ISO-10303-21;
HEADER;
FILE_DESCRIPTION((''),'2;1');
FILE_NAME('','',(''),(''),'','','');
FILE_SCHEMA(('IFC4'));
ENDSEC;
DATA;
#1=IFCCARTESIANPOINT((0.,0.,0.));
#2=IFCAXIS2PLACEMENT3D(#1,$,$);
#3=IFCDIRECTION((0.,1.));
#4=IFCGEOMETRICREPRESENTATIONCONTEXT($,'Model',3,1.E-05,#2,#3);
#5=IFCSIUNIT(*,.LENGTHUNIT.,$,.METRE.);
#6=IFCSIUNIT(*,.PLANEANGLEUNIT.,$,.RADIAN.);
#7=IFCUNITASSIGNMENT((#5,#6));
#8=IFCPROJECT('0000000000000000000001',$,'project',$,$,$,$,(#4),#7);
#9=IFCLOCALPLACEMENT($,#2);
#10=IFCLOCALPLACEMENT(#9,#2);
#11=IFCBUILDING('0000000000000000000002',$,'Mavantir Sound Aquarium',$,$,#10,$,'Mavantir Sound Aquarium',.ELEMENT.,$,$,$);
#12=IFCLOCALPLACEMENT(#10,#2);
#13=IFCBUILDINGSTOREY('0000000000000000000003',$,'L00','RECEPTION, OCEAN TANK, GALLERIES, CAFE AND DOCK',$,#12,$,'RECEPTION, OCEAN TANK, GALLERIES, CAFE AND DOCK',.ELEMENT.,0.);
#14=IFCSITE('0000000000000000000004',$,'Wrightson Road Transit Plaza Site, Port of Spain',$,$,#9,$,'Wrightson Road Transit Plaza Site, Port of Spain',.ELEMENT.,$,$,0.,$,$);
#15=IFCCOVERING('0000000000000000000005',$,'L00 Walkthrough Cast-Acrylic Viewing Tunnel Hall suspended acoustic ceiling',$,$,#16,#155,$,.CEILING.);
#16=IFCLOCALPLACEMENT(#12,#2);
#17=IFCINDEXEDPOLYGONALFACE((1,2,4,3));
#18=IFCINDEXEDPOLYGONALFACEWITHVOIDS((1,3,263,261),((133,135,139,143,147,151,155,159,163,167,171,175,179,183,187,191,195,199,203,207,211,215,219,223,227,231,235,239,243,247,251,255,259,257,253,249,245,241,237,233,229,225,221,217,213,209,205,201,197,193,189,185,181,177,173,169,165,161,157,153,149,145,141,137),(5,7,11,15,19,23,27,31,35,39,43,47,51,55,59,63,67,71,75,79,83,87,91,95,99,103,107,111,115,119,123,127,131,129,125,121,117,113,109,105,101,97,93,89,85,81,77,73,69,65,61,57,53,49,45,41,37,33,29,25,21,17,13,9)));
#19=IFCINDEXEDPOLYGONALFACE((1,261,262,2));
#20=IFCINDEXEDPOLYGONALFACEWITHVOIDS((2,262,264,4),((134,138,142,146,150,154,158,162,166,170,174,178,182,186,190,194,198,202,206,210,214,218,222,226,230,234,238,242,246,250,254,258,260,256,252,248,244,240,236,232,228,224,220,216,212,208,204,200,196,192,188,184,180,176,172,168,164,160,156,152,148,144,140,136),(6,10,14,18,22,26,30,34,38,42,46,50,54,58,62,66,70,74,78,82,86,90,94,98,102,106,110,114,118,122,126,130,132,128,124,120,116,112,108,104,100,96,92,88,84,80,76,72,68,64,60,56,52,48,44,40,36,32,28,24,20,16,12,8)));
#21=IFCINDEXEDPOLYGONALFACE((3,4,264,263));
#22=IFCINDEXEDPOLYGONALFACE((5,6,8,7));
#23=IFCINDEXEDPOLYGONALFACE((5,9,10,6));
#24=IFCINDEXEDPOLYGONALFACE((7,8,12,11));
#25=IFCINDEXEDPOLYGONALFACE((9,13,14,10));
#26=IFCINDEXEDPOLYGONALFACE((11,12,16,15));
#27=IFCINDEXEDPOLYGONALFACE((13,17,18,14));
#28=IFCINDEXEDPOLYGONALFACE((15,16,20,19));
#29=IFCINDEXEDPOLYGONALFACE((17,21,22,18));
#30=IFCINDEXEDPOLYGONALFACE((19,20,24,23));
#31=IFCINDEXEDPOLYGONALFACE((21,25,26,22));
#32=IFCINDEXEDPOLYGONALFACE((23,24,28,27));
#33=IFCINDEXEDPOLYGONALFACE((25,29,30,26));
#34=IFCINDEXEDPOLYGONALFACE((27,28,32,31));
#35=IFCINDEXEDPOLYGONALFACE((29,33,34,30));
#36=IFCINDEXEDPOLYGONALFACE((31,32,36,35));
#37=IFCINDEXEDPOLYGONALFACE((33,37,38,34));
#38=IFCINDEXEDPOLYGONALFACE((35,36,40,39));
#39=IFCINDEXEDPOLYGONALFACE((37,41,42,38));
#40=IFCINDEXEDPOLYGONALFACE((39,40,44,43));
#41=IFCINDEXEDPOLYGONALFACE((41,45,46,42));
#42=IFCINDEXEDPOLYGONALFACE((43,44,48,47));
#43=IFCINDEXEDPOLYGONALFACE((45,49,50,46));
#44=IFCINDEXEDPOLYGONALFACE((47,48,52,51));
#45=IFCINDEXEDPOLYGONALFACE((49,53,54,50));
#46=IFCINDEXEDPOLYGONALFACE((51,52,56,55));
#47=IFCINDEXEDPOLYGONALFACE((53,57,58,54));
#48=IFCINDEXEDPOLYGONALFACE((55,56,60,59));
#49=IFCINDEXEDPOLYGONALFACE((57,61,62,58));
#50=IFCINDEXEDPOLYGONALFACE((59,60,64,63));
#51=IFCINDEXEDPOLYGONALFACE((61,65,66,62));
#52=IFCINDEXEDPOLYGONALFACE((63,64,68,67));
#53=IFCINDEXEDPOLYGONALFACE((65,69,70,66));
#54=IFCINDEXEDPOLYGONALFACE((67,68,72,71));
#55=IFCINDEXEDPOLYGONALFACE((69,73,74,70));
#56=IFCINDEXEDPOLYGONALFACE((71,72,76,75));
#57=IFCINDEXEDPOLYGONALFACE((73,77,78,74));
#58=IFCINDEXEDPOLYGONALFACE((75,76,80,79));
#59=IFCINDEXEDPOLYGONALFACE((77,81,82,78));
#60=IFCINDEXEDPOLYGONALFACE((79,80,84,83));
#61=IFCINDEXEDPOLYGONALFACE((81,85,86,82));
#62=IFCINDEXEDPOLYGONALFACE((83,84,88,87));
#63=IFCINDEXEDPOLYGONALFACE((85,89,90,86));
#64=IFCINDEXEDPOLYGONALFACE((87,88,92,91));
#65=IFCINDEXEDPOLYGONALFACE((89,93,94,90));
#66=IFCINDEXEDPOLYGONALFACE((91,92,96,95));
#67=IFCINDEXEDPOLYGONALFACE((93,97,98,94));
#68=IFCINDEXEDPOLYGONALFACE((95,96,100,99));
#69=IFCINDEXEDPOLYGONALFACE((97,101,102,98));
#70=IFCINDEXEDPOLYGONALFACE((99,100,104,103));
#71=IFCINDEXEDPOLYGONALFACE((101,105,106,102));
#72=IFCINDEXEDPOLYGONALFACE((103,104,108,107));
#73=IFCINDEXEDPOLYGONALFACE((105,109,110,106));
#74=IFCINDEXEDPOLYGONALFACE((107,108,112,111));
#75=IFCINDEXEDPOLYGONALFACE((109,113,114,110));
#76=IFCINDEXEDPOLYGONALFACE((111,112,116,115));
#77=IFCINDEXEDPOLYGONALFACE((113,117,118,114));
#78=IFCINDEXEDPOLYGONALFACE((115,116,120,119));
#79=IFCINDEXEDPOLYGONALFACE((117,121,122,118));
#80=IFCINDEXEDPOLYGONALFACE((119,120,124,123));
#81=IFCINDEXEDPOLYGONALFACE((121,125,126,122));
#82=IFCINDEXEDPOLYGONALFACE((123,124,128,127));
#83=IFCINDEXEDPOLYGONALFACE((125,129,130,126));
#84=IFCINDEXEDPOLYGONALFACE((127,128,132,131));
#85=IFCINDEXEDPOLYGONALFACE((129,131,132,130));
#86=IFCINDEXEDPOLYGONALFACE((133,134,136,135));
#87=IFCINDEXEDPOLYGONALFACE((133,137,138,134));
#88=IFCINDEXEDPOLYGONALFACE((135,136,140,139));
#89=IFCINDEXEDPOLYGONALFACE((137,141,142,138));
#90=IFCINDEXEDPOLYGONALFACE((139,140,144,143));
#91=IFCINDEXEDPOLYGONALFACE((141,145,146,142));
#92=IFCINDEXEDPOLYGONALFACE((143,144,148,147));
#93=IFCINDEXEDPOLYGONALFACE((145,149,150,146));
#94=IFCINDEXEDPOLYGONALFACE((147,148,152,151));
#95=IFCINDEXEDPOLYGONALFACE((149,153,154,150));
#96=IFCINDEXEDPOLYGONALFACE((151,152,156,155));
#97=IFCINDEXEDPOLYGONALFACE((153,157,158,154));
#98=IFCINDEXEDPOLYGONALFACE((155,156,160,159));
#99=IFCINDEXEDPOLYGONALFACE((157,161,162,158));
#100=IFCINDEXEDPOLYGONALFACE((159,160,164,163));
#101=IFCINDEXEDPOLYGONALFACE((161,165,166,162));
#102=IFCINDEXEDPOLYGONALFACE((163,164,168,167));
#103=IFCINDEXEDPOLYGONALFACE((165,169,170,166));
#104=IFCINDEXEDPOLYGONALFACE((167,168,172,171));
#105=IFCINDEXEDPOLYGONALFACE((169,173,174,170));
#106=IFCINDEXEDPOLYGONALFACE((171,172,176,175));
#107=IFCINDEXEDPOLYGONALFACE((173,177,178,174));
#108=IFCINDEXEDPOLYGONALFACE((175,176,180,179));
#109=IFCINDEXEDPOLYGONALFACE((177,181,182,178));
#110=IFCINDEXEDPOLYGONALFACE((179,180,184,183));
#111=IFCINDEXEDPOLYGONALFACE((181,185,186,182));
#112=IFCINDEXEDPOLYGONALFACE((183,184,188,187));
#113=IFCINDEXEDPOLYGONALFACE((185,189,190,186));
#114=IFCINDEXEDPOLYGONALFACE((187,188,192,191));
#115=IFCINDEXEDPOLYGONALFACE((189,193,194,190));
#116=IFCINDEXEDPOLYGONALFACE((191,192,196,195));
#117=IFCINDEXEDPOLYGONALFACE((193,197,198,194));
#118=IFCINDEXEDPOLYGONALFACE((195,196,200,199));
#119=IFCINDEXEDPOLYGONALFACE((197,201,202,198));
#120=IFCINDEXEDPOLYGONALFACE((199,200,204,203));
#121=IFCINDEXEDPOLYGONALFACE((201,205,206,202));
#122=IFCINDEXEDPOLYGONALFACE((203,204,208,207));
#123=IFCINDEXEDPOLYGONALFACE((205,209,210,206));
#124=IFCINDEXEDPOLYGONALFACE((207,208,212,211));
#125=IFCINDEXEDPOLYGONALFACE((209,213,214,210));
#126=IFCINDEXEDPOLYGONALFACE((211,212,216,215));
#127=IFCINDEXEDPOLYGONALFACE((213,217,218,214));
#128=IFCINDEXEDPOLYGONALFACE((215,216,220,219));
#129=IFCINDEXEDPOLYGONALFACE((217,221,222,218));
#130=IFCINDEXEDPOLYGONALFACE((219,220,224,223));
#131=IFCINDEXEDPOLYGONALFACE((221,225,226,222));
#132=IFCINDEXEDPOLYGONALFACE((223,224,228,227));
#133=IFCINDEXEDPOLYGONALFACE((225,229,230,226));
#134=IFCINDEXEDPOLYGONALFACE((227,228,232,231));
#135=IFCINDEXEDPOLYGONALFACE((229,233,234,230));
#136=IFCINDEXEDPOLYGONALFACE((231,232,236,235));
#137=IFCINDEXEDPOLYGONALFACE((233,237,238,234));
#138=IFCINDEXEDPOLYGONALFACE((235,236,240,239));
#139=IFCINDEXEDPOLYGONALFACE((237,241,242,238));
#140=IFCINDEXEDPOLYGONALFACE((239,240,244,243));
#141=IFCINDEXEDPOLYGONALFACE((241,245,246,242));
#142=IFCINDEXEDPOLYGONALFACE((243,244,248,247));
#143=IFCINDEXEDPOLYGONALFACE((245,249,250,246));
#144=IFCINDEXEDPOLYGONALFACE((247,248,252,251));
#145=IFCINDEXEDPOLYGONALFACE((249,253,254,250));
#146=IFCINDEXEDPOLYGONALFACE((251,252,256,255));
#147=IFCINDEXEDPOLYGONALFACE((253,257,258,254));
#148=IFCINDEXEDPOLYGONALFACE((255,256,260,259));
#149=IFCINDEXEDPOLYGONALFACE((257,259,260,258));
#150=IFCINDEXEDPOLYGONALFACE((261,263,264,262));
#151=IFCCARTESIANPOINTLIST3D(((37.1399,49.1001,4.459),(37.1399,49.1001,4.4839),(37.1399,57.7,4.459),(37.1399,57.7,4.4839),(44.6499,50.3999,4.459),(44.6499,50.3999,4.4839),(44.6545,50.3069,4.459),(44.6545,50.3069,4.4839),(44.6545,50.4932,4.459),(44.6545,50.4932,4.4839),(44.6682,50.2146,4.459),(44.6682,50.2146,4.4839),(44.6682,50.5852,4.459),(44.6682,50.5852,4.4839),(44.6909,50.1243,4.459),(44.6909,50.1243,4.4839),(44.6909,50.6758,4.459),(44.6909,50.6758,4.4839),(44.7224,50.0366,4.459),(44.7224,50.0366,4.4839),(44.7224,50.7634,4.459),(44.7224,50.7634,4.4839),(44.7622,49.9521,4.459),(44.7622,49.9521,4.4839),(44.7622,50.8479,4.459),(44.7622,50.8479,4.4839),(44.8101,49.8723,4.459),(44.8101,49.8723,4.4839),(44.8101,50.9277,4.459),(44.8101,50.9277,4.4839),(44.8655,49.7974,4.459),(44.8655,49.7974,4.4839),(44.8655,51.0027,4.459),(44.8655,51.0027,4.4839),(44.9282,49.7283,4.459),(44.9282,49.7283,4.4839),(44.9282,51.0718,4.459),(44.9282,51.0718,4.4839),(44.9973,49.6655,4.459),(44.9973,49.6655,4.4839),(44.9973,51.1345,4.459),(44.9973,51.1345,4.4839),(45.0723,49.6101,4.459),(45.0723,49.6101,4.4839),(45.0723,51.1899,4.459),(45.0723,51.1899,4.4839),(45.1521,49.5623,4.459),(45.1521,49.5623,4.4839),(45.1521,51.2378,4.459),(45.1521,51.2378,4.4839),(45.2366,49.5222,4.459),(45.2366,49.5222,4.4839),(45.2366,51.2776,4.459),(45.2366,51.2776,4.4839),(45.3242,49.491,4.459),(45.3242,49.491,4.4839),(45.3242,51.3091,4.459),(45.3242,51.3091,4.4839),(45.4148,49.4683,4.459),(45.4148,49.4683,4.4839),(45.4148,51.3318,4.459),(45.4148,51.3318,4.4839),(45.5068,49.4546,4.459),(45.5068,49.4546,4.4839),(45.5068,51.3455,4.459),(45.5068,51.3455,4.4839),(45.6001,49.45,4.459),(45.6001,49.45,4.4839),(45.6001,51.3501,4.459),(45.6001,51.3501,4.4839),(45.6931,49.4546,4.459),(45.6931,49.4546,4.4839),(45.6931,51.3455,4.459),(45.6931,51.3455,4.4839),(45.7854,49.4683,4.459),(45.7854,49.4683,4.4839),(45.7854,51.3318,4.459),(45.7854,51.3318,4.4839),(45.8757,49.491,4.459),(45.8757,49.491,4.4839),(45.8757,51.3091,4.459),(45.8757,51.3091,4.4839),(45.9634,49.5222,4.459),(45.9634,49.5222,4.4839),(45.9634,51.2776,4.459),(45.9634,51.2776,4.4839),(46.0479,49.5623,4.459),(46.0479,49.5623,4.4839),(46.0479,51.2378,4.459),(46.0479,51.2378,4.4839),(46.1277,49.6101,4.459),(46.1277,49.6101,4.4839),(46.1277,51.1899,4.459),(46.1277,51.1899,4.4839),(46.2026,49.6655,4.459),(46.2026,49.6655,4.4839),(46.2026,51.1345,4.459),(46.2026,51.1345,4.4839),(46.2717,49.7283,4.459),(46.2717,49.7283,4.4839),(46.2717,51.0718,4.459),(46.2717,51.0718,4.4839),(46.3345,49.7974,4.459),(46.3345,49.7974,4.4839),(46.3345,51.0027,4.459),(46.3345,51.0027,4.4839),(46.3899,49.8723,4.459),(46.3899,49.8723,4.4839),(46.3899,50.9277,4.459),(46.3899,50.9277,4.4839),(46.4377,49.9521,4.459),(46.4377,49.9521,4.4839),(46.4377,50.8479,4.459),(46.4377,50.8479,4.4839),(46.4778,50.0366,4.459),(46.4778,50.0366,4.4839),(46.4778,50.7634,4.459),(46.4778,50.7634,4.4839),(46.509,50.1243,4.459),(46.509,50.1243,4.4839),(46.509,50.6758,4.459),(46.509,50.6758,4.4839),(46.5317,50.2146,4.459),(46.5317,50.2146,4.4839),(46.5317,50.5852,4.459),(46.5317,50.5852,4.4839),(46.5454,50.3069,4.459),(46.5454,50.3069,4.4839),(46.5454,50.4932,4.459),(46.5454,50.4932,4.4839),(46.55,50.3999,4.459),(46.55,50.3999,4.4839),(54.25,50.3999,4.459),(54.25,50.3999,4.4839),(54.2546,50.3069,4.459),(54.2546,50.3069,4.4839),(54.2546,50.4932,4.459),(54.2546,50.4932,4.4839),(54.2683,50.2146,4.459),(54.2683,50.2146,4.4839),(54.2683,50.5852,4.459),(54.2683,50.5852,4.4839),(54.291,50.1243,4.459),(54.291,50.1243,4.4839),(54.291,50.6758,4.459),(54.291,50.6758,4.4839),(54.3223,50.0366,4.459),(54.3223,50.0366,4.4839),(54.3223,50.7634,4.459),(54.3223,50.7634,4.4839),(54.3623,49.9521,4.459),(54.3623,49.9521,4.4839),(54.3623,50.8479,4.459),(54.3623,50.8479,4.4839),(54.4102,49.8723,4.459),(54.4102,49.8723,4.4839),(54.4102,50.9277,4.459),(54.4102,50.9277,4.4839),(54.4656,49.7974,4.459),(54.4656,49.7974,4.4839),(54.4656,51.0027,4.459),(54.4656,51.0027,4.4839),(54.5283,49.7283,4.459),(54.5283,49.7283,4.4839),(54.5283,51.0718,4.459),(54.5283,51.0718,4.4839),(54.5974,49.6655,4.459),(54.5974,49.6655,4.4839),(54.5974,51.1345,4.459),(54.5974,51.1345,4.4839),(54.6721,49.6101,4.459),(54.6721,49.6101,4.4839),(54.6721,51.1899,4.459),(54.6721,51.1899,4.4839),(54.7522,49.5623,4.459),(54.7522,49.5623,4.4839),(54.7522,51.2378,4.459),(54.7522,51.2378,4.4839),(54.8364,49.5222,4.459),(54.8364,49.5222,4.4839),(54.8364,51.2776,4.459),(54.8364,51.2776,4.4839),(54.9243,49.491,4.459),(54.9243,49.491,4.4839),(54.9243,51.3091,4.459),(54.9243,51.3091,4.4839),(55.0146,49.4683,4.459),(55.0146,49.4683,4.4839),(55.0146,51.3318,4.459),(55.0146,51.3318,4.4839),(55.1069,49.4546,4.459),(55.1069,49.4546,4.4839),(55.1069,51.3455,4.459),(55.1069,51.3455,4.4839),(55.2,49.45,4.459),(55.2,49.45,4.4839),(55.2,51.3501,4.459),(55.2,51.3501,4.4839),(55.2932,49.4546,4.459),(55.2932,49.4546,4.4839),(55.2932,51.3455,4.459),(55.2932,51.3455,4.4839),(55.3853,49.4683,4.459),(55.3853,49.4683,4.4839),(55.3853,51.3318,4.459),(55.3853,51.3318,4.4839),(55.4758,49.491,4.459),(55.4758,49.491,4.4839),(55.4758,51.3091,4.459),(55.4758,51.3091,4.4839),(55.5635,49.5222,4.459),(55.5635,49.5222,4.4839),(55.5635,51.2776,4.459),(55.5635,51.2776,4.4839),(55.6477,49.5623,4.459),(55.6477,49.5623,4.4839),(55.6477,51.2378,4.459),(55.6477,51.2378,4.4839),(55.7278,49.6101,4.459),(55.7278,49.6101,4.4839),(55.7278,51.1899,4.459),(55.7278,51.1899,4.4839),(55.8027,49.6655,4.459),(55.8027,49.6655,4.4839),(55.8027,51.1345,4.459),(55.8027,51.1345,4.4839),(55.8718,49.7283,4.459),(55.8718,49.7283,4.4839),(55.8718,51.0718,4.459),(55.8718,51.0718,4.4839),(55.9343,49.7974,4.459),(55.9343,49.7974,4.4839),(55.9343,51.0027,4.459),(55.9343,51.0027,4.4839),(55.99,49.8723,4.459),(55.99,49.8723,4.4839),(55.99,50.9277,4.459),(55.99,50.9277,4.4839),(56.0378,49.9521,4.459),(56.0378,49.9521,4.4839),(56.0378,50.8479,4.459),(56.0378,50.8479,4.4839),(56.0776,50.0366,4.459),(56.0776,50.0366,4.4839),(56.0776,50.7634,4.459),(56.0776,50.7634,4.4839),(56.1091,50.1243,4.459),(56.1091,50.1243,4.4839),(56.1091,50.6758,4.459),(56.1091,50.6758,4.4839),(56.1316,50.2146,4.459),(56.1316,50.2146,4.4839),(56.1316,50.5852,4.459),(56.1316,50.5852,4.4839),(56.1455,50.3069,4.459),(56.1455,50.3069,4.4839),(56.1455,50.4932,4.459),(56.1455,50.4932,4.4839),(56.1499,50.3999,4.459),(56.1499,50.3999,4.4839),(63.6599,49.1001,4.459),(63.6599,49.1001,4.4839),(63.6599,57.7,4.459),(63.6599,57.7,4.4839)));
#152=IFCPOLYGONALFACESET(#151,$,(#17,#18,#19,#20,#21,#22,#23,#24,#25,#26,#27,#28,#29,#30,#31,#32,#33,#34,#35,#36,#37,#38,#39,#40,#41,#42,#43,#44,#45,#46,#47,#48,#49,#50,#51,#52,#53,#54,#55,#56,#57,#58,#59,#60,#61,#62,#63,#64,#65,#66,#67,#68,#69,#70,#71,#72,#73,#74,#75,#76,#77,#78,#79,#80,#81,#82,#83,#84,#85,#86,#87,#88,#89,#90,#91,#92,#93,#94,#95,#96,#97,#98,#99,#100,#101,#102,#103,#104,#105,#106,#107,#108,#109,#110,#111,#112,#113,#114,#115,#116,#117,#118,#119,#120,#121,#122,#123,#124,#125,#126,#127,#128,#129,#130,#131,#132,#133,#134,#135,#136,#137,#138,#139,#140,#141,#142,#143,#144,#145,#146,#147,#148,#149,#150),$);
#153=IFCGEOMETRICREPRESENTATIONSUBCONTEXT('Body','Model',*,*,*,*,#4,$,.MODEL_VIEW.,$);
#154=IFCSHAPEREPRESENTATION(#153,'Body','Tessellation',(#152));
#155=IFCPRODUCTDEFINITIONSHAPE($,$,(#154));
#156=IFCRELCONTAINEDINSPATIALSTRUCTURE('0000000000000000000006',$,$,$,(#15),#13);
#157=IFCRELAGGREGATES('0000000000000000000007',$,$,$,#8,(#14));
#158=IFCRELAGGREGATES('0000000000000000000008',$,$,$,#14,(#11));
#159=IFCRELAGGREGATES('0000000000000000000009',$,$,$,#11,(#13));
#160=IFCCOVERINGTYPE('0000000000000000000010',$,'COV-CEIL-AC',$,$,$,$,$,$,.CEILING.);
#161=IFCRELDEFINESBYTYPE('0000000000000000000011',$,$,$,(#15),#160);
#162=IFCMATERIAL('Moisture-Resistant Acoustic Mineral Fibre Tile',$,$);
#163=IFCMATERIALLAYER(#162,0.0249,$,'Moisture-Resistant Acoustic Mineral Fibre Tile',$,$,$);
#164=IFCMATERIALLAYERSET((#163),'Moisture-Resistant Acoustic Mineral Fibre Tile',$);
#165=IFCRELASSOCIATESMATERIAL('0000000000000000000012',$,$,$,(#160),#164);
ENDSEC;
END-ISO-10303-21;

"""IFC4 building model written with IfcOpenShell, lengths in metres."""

from ifc_helpers import new_model, si_unit, direction, frame, origin, place, context, subcontext, project, spatial, polyline, outline, extrude, material, layer, layer_set, type_object, element, save


model = new_model("IFC4")

# Units and contexts
model_context = context("Model", 3, precision=1e-05, world=origin(), true_north=direction((0.0, 1.0)))
body_context = subcontext(model_context, "Body", "Model", "MODEL_VIEW")
ifc_project = project(units=[si_unit("LENGTHUNIT", "METRE"), si_unit("PLANEANGLEUNIT", "RADIAN")], contexts=[model_context])

# Site, building, storey
site_placement = place(None, origin())
site = spatial("IfcSite", under=ifc_project, at=site_placement, Name="Wrightson Road Transit Plaza Site, Port of Spain", LongName="Wrightson Road Transit Plaza Site, Port of Spain", CompositionType="ELEMENT", RefElevation=0.0)
building_placement = place(site_placement, origin())
building = spatial("IfcBuilding", under=site, at=building_placement, Name="Mavantir Sound Aquarium", LongName="Mavantir Sound Aquarium", CompositionType="ELEMENT")
storey_placement = place(building_placement, origin())
storey = spatial("IfcBuildingStorey", under=building, at=storey_placement, Name="L00", Description="RECEPTION, OCEAN TANK, GALLERIES, CAFE AND DOCK", LongName="RECEPTION, OCEAN TANK, GALLERIES, CAFE AND DOCK", CompositionType="ELEMENT", Elevation=0.0)

# Covering
ifc_material_1 = material(Name="Moisture-Resistant Acoustic Mineral Fibre Tile")
ifc_layer_1 = layer(ifc_material_1, 0.0249, Name="Moisture-Resistant Acoustic Mineral Fibre Tile")
ifc_layer_set_1 = layer_set([ifc_layer_1], Name="Moisture-Resistant Acoustic Mineral Fibre Tile")
covering_type_1 = type_object("IfcCoveringType", Name="COV-CEIL-AC", PredefinedType="CEILING", material=ifc_layer_set_1)
covering_1_placement = place(storey_placement, frame((0.0, 0.0, 4.459)))
element("IfcCovering", 1, at=covering_1_placement, inside=storey, type_object=covering_type_1, Name="L00 Walkthrough Cast-Acrylic Viewing Tunnel Hall suspended acoustic ceiling", PredefinedType="CEILING", context=body_context, shape_type="SweptSolid", body=[
    extrude(outline(polyline([(37.1399, 49.1001), (37.1399, 57.7), (63.6599, 57.7), (63.6599, 49.1001), (37.1399, 49.1001)]), holes=[polyline([(46.3345, 49.7974), (46.3899, 49.8723), (46.4377, 49.9521), (46.4778, 50.0366), (46.509, 50.1243), (46.5317, 50.2146), (46.5454, 50.3069), (46.55, 50.3999), (46.5454, 50.4932), (46.5317, 50.5852), (46.509, 50.6758), (46.4778, 50.7634), (46.4377, 50.8479), (46.3899, 50.9277), (46.3345, 51.0027), (46.2717, 51.0718), (46.2026, 51.1345), (46.1277, 51.1899), (46.0479, 51.2378), (45.9634, 51.2776), (45.8757, 51.3091), (45.7854, 51.3318), (45.6931, 51.3455), (45.6001, 51.3501), (45.5068, 51.3455), (45.4148, 51.3318), (45.3242, 51.3091), (45.2366, 51.2776), (45.1521, 51.2378), (45.0723, 51.1899), (44.9973, 51.1345), (44.9282, 51.0718), (44.8655, 51.0027), (44.8101, 50.9277), (44.7622, 50.8479), (44.7224, 50.7634), (44.6909, 50.6758), (44.6682, 50.5852), (44.6545, 50.4932), (44.6499, 50.3999), (44.6545, 50.3069), (44.6682, 50.2146), (44.6909, 50.1243), (44.7224, 50.0366), (44.7622, 49.9521), (44.8101, 49.8723), (44.8655, 49.7974), (44.9282, 49.7283), (44.9973, 49.6655), (45.0723, 49.6101), (45.1521, 49.5623), (45.2366, 49.5222), (45.3242, 49.491), (45.4148, 49.4683), (45.5068, 49.4546), (45.6001, 49.45), (45.6931, 49.4546), (45.7854, 49.4683), (45.8757, 49.491), (45.9634, 49.5222), (46.0479, 49.5623), (46.1277, 49.6101), (46.2026, 49.6655), (46.2717, 49.7283), (46.3345, 49.7974)]), polyline([(55.9343, 49.7974), (55.99, 49.8723), (56.0378, 49.9521), (56.0776, 50.0366), (56.1091, 50.1243), (56.1316, 50.2146), (56.1455, 50.3069), (56.1499, 50.3999), (56.1455, 50.4932), (56.1316, 50.5852), (56.1091, 50.6758), (56.0776, 50.7634), (56.0378, 50.8479), (55.99, 50.9277), (55.9343, 51.0027), (55.8718, 51.0718), (55.8027, 51.1345), (55.7278, 51.1899), (55.6477, 51.2378), (55.5635, 51.2776), (55.4758, 51.3091), (55.3853, 51.3318), (55.2932, 51.3455), (55.2, 51.3501), (55.1069, 51.3455), (55.0146, 51.3318), (54.9243, 51.3091), (54.8364, 51.2776), (54.7522, 51.2378), (54.6721, 51.1899), (54.5974, 51.1345), (54.5283, 51.0718), (54.4656, 51.0027), (54.4102, 50.9277), (54.3623, 50.8479), (54.3223, 50.7634), (54.291, 50.6758), (54.2683, 50.5852), (54.2546, 50.4932), (54.25, 50.3999), (54.2546, 50.3069), (54.2683, 50.2146), (54.291, 50.1243), (54.3223, 50.0366), (54.3623, 49.9521), (54.4102, 49.8723), (54.4656, 49.7974), (54.5283, 49.7283), (54.5974, 49.6655), (54.6721, 49.6101), (54.7522, 49.5623), (54.8364, 49.5222), (54.9243, 49.491), (55.0146, 49.4683), (55.1069, 49.4546), (55.2, 49.45), (55.2932, 49.4546), (55.3853, 49.4683), (55.4758, 49.491), (55.5635, 49.5222), (55.6477, 49.5623), (55.7278, 49.6101), (55.8027, 49.6655), (55.8718, 49.7283), (55.9343, 49.7974)])]), origin(), (0.0, 0.0, 1.0), 0.0249),
])

save(model, "model.ifc")
